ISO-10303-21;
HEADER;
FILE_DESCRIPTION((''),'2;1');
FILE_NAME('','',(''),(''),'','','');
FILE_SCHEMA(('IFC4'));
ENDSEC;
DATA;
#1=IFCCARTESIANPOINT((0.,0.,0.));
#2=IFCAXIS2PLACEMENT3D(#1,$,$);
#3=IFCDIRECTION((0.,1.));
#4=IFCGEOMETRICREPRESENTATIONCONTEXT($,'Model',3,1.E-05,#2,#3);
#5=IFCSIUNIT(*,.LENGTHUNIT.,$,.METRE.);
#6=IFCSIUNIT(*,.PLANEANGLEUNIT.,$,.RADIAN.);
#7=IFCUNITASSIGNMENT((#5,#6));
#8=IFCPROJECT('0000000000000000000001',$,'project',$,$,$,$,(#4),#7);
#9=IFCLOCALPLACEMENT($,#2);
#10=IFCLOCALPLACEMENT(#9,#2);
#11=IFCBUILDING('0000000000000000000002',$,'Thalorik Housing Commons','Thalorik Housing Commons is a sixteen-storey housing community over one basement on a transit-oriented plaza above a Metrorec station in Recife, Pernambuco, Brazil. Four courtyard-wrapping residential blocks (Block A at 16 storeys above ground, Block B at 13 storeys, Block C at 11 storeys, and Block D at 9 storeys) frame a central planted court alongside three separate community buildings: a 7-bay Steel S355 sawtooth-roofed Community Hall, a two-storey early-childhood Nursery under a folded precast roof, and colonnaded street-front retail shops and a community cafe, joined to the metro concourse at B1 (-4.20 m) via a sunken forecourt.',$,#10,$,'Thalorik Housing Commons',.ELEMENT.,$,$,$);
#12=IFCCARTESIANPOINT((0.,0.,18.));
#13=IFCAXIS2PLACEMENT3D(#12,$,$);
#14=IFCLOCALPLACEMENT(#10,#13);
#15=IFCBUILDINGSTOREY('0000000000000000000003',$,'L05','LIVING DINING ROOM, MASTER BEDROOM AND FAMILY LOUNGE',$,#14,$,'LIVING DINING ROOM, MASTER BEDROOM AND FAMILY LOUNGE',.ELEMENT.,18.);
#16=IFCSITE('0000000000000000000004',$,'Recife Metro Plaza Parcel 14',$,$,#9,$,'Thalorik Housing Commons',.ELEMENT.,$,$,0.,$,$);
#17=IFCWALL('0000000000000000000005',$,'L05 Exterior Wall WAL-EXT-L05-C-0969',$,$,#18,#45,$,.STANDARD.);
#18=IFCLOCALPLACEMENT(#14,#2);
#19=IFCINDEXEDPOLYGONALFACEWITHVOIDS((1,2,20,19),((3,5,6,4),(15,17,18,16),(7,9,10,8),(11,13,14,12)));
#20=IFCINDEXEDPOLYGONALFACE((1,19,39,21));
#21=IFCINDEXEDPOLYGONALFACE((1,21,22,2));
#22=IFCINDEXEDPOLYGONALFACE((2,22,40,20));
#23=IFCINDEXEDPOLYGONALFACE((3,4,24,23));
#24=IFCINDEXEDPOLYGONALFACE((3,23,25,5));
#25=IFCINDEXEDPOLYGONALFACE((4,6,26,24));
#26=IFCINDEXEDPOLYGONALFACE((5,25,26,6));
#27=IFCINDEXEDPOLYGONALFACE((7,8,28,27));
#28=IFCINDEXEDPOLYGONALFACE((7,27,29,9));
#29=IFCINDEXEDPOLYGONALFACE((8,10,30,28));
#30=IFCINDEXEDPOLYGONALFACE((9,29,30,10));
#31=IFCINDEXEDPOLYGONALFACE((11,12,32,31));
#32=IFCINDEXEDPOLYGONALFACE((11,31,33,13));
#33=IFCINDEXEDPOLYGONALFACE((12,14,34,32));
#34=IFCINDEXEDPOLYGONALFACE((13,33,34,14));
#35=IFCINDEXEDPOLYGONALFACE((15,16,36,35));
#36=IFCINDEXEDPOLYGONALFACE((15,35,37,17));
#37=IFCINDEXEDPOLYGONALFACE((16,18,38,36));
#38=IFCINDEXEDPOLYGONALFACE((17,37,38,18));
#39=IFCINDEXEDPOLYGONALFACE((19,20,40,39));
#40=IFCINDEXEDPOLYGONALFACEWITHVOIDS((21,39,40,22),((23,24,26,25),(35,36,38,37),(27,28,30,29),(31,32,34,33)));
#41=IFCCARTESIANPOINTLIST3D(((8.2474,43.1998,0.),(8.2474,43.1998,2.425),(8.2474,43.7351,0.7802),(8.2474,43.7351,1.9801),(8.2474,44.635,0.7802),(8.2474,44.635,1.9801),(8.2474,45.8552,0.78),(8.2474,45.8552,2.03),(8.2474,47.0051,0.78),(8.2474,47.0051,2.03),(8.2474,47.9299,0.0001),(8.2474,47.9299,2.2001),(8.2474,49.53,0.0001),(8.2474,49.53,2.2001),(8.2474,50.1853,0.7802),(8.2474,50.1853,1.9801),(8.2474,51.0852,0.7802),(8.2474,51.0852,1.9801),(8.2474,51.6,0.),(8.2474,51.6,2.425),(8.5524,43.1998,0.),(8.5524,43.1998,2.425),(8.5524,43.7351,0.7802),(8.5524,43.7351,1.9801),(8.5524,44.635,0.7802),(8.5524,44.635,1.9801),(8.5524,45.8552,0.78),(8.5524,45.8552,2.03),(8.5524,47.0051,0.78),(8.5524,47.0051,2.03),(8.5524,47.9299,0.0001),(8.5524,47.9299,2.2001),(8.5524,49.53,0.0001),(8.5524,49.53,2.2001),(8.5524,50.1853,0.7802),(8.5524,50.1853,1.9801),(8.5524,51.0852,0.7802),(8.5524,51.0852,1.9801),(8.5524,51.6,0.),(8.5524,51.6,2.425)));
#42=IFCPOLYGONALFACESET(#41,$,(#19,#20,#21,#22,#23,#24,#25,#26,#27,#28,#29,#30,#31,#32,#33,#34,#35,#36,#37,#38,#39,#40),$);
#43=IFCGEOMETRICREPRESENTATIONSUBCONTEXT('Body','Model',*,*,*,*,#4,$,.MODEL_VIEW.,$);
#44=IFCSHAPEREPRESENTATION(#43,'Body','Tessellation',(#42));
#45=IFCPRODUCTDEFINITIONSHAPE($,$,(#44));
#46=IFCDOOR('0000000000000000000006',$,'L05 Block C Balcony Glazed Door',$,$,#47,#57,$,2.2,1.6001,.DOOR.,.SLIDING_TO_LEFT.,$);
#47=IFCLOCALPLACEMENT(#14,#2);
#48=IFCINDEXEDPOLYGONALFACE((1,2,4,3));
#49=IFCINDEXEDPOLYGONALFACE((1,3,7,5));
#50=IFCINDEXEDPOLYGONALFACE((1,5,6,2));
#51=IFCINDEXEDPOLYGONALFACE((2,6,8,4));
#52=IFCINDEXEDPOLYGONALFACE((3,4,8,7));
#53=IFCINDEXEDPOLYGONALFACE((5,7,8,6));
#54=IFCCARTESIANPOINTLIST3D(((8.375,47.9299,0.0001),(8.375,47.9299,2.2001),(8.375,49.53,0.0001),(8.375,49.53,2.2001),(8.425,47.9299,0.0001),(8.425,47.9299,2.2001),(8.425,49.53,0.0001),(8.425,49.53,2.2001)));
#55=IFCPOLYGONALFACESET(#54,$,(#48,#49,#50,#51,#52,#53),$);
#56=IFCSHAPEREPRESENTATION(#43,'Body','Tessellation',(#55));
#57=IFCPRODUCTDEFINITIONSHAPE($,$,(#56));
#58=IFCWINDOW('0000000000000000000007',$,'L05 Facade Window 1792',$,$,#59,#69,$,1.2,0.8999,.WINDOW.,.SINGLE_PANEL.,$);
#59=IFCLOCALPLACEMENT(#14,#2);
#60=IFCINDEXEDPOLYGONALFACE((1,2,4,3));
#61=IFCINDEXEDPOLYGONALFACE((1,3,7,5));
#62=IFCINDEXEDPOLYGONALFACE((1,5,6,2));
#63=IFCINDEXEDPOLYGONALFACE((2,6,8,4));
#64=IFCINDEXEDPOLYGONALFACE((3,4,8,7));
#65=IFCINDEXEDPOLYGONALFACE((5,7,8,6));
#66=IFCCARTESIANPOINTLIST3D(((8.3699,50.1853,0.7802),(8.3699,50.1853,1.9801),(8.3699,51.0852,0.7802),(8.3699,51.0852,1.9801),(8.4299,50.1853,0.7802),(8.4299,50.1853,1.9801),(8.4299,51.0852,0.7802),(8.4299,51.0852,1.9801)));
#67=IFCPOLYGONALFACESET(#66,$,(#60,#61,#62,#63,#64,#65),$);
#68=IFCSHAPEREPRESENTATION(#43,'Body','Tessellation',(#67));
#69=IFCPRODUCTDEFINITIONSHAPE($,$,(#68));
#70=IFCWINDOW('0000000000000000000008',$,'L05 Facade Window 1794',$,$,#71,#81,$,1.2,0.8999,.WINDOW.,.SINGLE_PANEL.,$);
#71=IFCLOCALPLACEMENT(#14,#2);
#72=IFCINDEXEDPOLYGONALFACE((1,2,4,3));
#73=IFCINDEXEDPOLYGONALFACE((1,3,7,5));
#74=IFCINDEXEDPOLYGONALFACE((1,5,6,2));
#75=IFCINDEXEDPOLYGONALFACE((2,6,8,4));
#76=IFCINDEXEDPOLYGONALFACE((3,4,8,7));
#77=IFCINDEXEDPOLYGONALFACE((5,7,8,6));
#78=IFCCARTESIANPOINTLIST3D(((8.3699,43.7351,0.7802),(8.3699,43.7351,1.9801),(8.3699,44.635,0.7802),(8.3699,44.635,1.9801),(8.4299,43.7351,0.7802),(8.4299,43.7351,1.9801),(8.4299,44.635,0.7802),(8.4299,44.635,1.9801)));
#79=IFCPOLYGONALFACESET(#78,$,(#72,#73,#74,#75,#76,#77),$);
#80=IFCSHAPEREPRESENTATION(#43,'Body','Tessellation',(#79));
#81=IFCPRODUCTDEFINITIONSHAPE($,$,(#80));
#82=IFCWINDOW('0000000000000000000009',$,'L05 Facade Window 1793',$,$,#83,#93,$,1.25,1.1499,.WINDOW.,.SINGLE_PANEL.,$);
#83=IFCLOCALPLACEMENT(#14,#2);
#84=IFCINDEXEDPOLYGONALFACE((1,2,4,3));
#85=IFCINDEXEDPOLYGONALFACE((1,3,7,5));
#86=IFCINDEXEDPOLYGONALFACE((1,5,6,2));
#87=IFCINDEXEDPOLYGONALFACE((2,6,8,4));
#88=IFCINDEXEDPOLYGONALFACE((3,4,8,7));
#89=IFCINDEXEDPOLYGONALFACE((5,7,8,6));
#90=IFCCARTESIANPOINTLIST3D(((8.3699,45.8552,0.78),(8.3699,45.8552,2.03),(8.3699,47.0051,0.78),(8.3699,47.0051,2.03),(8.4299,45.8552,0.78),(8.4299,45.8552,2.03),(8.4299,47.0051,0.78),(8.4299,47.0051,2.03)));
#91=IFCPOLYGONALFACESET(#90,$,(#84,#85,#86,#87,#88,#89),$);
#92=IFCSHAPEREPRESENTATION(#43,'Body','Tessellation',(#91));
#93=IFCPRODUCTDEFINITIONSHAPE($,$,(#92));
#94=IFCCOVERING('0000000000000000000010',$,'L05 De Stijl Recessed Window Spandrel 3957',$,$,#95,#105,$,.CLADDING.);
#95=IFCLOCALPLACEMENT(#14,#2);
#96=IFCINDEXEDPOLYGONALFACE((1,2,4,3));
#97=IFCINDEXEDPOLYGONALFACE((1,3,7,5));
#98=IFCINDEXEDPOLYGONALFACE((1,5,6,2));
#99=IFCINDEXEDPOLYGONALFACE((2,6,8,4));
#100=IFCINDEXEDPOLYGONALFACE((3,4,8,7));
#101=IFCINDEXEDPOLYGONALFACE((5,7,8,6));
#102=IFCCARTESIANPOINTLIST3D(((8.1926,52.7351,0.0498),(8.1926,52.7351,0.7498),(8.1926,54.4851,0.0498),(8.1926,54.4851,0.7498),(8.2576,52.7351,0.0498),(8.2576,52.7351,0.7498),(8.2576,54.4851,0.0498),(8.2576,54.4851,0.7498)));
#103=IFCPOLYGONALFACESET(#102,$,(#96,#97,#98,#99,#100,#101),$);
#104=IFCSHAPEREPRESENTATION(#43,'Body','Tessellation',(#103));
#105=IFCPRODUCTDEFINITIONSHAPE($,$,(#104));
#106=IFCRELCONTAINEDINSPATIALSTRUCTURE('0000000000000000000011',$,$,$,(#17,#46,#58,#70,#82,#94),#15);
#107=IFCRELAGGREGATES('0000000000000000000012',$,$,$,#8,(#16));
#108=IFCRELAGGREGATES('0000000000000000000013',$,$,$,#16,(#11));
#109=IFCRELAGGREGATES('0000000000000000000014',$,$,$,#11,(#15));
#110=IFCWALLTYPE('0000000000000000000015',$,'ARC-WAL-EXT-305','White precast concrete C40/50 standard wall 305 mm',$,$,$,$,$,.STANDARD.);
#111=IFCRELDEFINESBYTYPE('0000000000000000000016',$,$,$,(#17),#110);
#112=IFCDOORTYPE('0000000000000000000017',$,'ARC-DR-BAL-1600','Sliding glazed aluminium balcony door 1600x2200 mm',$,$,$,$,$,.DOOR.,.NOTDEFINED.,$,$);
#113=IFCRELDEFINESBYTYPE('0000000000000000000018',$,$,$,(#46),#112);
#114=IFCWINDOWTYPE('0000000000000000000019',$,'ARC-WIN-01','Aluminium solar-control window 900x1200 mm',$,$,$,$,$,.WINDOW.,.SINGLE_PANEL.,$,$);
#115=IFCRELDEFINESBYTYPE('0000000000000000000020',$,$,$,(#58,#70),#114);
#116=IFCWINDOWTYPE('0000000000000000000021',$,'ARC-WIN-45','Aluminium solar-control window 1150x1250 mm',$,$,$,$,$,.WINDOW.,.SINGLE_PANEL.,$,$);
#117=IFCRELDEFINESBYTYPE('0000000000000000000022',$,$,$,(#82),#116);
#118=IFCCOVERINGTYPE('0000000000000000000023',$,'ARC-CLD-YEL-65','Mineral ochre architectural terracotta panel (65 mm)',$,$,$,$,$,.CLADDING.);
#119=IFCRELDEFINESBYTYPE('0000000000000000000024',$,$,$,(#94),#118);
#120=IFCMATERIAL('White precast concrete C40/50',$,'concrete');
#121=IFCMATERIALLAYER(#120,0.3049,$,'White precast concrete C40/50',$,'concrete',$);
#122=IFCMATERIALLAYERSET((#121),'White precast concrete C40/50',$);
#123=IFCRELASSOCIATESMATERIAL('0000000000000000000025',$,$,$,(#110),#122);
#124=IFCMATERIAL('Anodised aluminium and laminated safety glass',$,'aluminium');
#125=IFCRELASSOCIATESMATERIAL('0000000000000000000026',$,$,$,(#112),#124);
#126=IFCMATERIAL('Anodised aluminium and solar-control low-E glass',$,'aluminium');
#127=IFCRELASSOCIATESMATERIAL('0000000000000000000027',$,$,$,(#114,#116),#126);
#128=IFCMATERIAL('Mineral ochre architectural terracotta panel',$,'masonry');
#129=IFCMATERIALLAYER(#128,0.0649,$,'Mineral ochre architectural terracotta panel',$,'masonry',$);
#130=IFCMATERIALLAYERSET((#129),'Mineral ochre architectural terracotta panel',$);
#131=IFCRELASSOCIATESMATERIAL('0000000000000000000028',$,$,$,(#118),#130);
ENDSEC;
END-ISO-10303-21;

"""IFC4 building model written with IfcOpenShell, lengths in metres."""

from ifc_helpers import new_model, si_unit, direction, frame, frame_2d, origin, origin_2d, place, context, subcontext, project, spatial, rectangle, extrude, material, layer, layer_set, type_object, element, fill, save


model = new_model("IFC4")

# Units and contexts
model_context = context("Model", 3, precision=1e-05, world=origin(), true_north=direction((0.0, 1.0)))
body_context = subcontext(model_context, "Body", "Model", "MODEL_VIEW")
ifc_project = project(units=[si_unit("LENGTHUNIT", "METRE"), si_unit("PLANEANGLEUNIT", "RADIAN")], contexts=[model_context])

# Site, building, storey
site_placement = place(None, origin())
site = spatial("IfcSite", under=ifc_project, at=site_placement, Name="Recife Metro Plaza Parcel 14", LongName="Thalorik Housing Commons", CompositionType="ELEMENT", RefElevation=0.0)
building_placement = place(site_placement, origin())
building = spatial("IfcBuilding", under=site, at=building_placement, Name="Thalorik Housing Commons", Description="Thalorik Housing Commons is a sixteen-storey housing community over one basement on a transit-oriented plaza above a Metrorec station in Recife, Pernambuco, Brazil. Four courtyard-wrapping residential blocks (Block A at 16 storeys above ground, Block B at 13 storeys, Block C at 11 storeys, and Block D at 9 storeys) frame a central planted court alongside three separate community buildings: a 7-bay Steel S355 sawtooth-roofed Community Hall, a two-storey early-childhood Nursery under a folded precast roof, and colonnaded street-front retail shops and a community cafe, joined to the metro concourse at B1 (-4.20 m) via a sunken forecourt.", LongName="Thalorik Housing Commons", CompositionType="ELEMENT")
storey_placement = place(building_placement, frame((0.0, 0.0, 18.0)))
storey = spatial("IfcBuildingStorey", under=building, at=storey_placement, Name="L05", Description="LIVING DINING ROOM, MASTER BEDROOM AND FAMILY LOUNGE", LongName="LIVING DINING ROOM, MASTER BEDROOM AND FAMILY LOUNGE", CompositionType="ELEMENT", Elevation=18.0)

# Shared definitions
ifc_material_1 = material(Name="Anodised aluminium and solar-control low-E glass", Category="aluminium")

# Shared definitions
ifc_material_2 = material(Name="White precast concrete C40/50", Category="concrete")
ifc_layer_1 = layer(ifc_material_2, 0.3049, Name="White precast concrete C40/50", Category="concrete")
ifc_layer_set_1 = layer_set([ifc_layer_1], Name="White precast concrete C40/50")
wall_type = type_object("IfcWallType", Name="ARC-WAL-EXT-305", Description="White precast concrete C40/50 standard wall 305 mm", PredefinedType="STANDARD", material=ifc_layer_set_1)

# Shared definitions
ifc_material_3 = material(Name="Anodised aluminium and laminated safety glass", Category="aluminium")

# Wall, openings, door, windows
wall_1_placement = place(storey_placement, frame((8.3999, 51.6001, 0.0), z_axis=(0.0, 0.0, 1.0), x_axis=(0.0, -1.0, 0.0)))
wall_1 = element("IfcWall", 1, at=wall_1_placement, inside=storey, type_object=wall_type, Name="L05 Exterior Wall WAL-EXT-L05-C-0969", PredefinedType="STANDARD", context=body_context, shape_type="SweptSolid", body=[
    extrude(rectangle(XDim=8.4001, YDim=0.3049, at=frame_2d((4.2002, 0.0))), origin(), (0.0, 0.0, 1.0), 2.425),
])
opening_1_placement = place(wall_1_placement, frame((2.0701, 0.0, 0.0)))
opening_1 = element("IfcOpeningElement", 2, at=opening_1_placement, cuts=wall_1, PredefinedType="OPENING", context=body_context, shape_type="SweptSolid", body=[
    extrude(rectangle(XDim=1.6001, YDim=2.2, at=frame_2d((0.8, 1.1001))), frame((0.0, 0.1626, 0.0), z_axis=(0.0, -1.0, 0.0), x_axis=(1.0, 0.0, 0.0)), (0.0, 0.0, 1.0), 0.325),
])
opening_2_placement = place(wall_1_placement, frame((0.5149, 0.0, 0.78)))
opening_2 = element("IfcOpeningElement", 3, at=opening_2_placement, cuts=wall_1, PredefinedType="OPENING", context=body_context, shape_type="SweptSolid", body=[
    extrude(rectangle(XDim=0.8999, YDim=1.2, at=frame_2d((0.45, 0.6001))), frame((0.0, 0.1626, 0.0), z_axis=(0.0, -1.0, 0.0), x_axis=(1.0, 0.0, 0.0)), (0.0, 0.0, 1.0), 0.325),
])
opening_3_placement = place(wall_1_placement, frame((4.595, 0.0, 0.78)))
opening_3 = element("IfcOpeningElement", 4, at=opening_3_placement, cuts=wall_1, PredefinedType="OPENING", context=body_context, shape_type="SweptSolid", body=[
    extrude(rectangle(XDim=1.1499, YDim=1.25, at=frame_2d((0.575, 0.625))), frame((0.0, 0.1626, 0.0), z_axis=(0.0, -1.0, 0.0), x_axis=(1.0, 0.0, 0.0)), (0.0, 0.0, 1.0), 0.325),
])
opening_4_placement = place(wall_1_placement, frame((6.9651, 0.0, 0.78)))
opening_4 = element("IfcOpeningElement", 5, at=opening_4_placement, cuts=wall_1, PredefinedType="OPENING", context=body_context, shape_type="SweptSolid", body=[
    extrude(rectangle(XDim=0.8999, YDim=1.2, at=frame_2d((0.45, 0.6001))), frame((0.0, 0.1626, 0.0), z_axis=(0.0, -1.0, 0.0), x_axis=(1.0, 0.0, 0.0)), (0.0, 0.0, 1.0), 0.325),
])
door_type_1 = type_object("IfcDoorType", Name="ARC-DR-BAL-1600", Description="Sliding glazed aluminium balcony door 1600x2200 mm", OperationType="NOTDEFINED", PredefinedType="DOOR", material=ifc_material_3)
door_1_placement = place(opening_1_placement, frame((1.6001, 0.0, 0.0), z_axis=(0.0, 0.0, 1.0), x_axis=(-1.0, 0.0, 0.0)))
door_1 = element("IfcDoor", 6, at=door_1_placement, inside=storey, type_object=door_type_1, Name="L05 Block C Balcony Glazed Door", OperationType="SLIDING_TO_LEFT", OverallHeight=2.2, OverallWidth=1.6001, PredefinedType="DOOR", context=body_context, shape_type="SweptSolid", body=[
    extrude(rectangle(XDim=1.6001, YDim=2.2, at=frame_2d((0.8, 1.1001))), frame((0.0, 0.0249, 0.0), z_axis=(0.0, -1.0, 0.0), x_axis=(1.0, 0.0, 0.0)), (0.0, 0.0, 1.0), 0.05),
])
fill(opening_1, door_1)
window_type_1 = type_object("IfcWindowType", Name="ARC-WIN-01", Description="Aluminium solar-control window 900x1200 mm", PartitioningType="SINGLE_PANEL", PredefinedType="WINDOW", material=ifc_material_1)
window_1_placement = place(opening_2_placement, origin())
window_1 = element("IfcWindow", 7, at=window_1_placement, inside=storey, type_object=window_type_1, Name="L05 Facade Window 1792", OverallHeight=1.2, OverallWidth=0.8999, PartitioningType="SINGLE_PANEL", PredefinedType="WINDOW", context=body_context, shape_type="SweptSolid", body=[
    extrude(rectangle(XDim=0.8999, YDim=1.2, at=frame_2d((0.45, 0.6001))), frame((0.0, 0.03, 0.0), z_axis=(0.0, -1.0, 0.0), x_axis=(1.0, 0.0, 0.0)), (0.0, 0.0, 1.0), 0.0601),
])
fill(opening_2, window_1)
window_2_placement = place(opening_4_placement, origin())
window_2 = element("IfcWindow", 8, at=window_2_placement, inside=storey, type_object=window_type_1, Name="L05 Facade Window 1794", OverallHeight=1.2, OverallWidth=0.8999, PartitioningType="SINGLE_PANEL", PredefinedType="WINDOW", context=body_context, shape_type="SweptSolid", body=[
    extrude(rectangle(XDim=0.8999, YDim=1.2, at=frame_2d((0.45, 0.6001))), frame((0.0, 0.03, 0.0), z_axis=(0.0, -1.0, 0.0), x_axis=(1.0, 0.0, 0.0)), (0.0, 0.0, 1.0), 0.0601),
])
fill(opening_4, window_2)
window_type_2 = type_object("IfcWindowType", Name="ARC-WIN-45", Description="Aluminium solar-control window 1150x1250 mm", PartitioningType="SINGLE_PANEL", PredefinedType="WINDOW", material=ifc_material_1)
window_3_placement = place(opening_3_placement, origin())
window_3 = element("IfcWindow", 9, at=window_3_placement, inside=storey, type_object=window_type_2, Name="L05 Facade Window 1793", OverallHeight=1.25, OverallWidth=1.1499, PartitioningType="SINGLE_PANEL", PredefinedType="WINDOW", context=body_context, shape_type="SweptSolid", body=[
    extrude(rectangle(XDim=1.1499, YDim=1.25, at=frame_2d((0.575, 0.625))), frame((0.0, 0.03, 0.0), z_axis=(0.0, -1.0, 0.0), x_axis=(1.0, 0.0, 0.0)), (0.0, 0.0, 1.0), 0.0601),
])
fill(opening_3, window_3)

# Covering
ifc_material_4 = material(Name="Mineral ochre architectural terracotta panel", Category="masonry")
ifc_layer_2 = layer(ifc_material_4, 0.0649, Name="Mineral ochre architectural terracotta panel", Category="masonry")
ifc_layer_set_2 = layer_set([ifc_layer_2], Name="Mineral ochre architectural terracotta panel")
covering_type_1 = type_object("IfcCoveringType", Name="ARC-CLD-YEL-65", Description="Mineral ochre architectural terracotta panel (65 mm)", PredefinedType="CLADDING", material=ifc_layer_set_2)
covering_1_placement = place(storey_placement, frame((8.2251, 53.6101, 0.0498), z_axis=(0.0, 0.0, 1.0), x_axis=(0.0, -1.0, 0.0)))
element("IfcCovering", 10, at=covering_1_placement, inside=storey, type_object=covering_type_1, Name="L05 De Stijl Recessed Window Spandrel 3957", PredefinedType="CLADDING", context=body_context, shape_type="SweptSolid", body=[
    extrude(rectangle(XDim=1.75, YDim=0.0649, at=origin_2d()), origin(), (0.0, 0.0, 1.0), 0.7),
])

save(model, "model.ifc")
